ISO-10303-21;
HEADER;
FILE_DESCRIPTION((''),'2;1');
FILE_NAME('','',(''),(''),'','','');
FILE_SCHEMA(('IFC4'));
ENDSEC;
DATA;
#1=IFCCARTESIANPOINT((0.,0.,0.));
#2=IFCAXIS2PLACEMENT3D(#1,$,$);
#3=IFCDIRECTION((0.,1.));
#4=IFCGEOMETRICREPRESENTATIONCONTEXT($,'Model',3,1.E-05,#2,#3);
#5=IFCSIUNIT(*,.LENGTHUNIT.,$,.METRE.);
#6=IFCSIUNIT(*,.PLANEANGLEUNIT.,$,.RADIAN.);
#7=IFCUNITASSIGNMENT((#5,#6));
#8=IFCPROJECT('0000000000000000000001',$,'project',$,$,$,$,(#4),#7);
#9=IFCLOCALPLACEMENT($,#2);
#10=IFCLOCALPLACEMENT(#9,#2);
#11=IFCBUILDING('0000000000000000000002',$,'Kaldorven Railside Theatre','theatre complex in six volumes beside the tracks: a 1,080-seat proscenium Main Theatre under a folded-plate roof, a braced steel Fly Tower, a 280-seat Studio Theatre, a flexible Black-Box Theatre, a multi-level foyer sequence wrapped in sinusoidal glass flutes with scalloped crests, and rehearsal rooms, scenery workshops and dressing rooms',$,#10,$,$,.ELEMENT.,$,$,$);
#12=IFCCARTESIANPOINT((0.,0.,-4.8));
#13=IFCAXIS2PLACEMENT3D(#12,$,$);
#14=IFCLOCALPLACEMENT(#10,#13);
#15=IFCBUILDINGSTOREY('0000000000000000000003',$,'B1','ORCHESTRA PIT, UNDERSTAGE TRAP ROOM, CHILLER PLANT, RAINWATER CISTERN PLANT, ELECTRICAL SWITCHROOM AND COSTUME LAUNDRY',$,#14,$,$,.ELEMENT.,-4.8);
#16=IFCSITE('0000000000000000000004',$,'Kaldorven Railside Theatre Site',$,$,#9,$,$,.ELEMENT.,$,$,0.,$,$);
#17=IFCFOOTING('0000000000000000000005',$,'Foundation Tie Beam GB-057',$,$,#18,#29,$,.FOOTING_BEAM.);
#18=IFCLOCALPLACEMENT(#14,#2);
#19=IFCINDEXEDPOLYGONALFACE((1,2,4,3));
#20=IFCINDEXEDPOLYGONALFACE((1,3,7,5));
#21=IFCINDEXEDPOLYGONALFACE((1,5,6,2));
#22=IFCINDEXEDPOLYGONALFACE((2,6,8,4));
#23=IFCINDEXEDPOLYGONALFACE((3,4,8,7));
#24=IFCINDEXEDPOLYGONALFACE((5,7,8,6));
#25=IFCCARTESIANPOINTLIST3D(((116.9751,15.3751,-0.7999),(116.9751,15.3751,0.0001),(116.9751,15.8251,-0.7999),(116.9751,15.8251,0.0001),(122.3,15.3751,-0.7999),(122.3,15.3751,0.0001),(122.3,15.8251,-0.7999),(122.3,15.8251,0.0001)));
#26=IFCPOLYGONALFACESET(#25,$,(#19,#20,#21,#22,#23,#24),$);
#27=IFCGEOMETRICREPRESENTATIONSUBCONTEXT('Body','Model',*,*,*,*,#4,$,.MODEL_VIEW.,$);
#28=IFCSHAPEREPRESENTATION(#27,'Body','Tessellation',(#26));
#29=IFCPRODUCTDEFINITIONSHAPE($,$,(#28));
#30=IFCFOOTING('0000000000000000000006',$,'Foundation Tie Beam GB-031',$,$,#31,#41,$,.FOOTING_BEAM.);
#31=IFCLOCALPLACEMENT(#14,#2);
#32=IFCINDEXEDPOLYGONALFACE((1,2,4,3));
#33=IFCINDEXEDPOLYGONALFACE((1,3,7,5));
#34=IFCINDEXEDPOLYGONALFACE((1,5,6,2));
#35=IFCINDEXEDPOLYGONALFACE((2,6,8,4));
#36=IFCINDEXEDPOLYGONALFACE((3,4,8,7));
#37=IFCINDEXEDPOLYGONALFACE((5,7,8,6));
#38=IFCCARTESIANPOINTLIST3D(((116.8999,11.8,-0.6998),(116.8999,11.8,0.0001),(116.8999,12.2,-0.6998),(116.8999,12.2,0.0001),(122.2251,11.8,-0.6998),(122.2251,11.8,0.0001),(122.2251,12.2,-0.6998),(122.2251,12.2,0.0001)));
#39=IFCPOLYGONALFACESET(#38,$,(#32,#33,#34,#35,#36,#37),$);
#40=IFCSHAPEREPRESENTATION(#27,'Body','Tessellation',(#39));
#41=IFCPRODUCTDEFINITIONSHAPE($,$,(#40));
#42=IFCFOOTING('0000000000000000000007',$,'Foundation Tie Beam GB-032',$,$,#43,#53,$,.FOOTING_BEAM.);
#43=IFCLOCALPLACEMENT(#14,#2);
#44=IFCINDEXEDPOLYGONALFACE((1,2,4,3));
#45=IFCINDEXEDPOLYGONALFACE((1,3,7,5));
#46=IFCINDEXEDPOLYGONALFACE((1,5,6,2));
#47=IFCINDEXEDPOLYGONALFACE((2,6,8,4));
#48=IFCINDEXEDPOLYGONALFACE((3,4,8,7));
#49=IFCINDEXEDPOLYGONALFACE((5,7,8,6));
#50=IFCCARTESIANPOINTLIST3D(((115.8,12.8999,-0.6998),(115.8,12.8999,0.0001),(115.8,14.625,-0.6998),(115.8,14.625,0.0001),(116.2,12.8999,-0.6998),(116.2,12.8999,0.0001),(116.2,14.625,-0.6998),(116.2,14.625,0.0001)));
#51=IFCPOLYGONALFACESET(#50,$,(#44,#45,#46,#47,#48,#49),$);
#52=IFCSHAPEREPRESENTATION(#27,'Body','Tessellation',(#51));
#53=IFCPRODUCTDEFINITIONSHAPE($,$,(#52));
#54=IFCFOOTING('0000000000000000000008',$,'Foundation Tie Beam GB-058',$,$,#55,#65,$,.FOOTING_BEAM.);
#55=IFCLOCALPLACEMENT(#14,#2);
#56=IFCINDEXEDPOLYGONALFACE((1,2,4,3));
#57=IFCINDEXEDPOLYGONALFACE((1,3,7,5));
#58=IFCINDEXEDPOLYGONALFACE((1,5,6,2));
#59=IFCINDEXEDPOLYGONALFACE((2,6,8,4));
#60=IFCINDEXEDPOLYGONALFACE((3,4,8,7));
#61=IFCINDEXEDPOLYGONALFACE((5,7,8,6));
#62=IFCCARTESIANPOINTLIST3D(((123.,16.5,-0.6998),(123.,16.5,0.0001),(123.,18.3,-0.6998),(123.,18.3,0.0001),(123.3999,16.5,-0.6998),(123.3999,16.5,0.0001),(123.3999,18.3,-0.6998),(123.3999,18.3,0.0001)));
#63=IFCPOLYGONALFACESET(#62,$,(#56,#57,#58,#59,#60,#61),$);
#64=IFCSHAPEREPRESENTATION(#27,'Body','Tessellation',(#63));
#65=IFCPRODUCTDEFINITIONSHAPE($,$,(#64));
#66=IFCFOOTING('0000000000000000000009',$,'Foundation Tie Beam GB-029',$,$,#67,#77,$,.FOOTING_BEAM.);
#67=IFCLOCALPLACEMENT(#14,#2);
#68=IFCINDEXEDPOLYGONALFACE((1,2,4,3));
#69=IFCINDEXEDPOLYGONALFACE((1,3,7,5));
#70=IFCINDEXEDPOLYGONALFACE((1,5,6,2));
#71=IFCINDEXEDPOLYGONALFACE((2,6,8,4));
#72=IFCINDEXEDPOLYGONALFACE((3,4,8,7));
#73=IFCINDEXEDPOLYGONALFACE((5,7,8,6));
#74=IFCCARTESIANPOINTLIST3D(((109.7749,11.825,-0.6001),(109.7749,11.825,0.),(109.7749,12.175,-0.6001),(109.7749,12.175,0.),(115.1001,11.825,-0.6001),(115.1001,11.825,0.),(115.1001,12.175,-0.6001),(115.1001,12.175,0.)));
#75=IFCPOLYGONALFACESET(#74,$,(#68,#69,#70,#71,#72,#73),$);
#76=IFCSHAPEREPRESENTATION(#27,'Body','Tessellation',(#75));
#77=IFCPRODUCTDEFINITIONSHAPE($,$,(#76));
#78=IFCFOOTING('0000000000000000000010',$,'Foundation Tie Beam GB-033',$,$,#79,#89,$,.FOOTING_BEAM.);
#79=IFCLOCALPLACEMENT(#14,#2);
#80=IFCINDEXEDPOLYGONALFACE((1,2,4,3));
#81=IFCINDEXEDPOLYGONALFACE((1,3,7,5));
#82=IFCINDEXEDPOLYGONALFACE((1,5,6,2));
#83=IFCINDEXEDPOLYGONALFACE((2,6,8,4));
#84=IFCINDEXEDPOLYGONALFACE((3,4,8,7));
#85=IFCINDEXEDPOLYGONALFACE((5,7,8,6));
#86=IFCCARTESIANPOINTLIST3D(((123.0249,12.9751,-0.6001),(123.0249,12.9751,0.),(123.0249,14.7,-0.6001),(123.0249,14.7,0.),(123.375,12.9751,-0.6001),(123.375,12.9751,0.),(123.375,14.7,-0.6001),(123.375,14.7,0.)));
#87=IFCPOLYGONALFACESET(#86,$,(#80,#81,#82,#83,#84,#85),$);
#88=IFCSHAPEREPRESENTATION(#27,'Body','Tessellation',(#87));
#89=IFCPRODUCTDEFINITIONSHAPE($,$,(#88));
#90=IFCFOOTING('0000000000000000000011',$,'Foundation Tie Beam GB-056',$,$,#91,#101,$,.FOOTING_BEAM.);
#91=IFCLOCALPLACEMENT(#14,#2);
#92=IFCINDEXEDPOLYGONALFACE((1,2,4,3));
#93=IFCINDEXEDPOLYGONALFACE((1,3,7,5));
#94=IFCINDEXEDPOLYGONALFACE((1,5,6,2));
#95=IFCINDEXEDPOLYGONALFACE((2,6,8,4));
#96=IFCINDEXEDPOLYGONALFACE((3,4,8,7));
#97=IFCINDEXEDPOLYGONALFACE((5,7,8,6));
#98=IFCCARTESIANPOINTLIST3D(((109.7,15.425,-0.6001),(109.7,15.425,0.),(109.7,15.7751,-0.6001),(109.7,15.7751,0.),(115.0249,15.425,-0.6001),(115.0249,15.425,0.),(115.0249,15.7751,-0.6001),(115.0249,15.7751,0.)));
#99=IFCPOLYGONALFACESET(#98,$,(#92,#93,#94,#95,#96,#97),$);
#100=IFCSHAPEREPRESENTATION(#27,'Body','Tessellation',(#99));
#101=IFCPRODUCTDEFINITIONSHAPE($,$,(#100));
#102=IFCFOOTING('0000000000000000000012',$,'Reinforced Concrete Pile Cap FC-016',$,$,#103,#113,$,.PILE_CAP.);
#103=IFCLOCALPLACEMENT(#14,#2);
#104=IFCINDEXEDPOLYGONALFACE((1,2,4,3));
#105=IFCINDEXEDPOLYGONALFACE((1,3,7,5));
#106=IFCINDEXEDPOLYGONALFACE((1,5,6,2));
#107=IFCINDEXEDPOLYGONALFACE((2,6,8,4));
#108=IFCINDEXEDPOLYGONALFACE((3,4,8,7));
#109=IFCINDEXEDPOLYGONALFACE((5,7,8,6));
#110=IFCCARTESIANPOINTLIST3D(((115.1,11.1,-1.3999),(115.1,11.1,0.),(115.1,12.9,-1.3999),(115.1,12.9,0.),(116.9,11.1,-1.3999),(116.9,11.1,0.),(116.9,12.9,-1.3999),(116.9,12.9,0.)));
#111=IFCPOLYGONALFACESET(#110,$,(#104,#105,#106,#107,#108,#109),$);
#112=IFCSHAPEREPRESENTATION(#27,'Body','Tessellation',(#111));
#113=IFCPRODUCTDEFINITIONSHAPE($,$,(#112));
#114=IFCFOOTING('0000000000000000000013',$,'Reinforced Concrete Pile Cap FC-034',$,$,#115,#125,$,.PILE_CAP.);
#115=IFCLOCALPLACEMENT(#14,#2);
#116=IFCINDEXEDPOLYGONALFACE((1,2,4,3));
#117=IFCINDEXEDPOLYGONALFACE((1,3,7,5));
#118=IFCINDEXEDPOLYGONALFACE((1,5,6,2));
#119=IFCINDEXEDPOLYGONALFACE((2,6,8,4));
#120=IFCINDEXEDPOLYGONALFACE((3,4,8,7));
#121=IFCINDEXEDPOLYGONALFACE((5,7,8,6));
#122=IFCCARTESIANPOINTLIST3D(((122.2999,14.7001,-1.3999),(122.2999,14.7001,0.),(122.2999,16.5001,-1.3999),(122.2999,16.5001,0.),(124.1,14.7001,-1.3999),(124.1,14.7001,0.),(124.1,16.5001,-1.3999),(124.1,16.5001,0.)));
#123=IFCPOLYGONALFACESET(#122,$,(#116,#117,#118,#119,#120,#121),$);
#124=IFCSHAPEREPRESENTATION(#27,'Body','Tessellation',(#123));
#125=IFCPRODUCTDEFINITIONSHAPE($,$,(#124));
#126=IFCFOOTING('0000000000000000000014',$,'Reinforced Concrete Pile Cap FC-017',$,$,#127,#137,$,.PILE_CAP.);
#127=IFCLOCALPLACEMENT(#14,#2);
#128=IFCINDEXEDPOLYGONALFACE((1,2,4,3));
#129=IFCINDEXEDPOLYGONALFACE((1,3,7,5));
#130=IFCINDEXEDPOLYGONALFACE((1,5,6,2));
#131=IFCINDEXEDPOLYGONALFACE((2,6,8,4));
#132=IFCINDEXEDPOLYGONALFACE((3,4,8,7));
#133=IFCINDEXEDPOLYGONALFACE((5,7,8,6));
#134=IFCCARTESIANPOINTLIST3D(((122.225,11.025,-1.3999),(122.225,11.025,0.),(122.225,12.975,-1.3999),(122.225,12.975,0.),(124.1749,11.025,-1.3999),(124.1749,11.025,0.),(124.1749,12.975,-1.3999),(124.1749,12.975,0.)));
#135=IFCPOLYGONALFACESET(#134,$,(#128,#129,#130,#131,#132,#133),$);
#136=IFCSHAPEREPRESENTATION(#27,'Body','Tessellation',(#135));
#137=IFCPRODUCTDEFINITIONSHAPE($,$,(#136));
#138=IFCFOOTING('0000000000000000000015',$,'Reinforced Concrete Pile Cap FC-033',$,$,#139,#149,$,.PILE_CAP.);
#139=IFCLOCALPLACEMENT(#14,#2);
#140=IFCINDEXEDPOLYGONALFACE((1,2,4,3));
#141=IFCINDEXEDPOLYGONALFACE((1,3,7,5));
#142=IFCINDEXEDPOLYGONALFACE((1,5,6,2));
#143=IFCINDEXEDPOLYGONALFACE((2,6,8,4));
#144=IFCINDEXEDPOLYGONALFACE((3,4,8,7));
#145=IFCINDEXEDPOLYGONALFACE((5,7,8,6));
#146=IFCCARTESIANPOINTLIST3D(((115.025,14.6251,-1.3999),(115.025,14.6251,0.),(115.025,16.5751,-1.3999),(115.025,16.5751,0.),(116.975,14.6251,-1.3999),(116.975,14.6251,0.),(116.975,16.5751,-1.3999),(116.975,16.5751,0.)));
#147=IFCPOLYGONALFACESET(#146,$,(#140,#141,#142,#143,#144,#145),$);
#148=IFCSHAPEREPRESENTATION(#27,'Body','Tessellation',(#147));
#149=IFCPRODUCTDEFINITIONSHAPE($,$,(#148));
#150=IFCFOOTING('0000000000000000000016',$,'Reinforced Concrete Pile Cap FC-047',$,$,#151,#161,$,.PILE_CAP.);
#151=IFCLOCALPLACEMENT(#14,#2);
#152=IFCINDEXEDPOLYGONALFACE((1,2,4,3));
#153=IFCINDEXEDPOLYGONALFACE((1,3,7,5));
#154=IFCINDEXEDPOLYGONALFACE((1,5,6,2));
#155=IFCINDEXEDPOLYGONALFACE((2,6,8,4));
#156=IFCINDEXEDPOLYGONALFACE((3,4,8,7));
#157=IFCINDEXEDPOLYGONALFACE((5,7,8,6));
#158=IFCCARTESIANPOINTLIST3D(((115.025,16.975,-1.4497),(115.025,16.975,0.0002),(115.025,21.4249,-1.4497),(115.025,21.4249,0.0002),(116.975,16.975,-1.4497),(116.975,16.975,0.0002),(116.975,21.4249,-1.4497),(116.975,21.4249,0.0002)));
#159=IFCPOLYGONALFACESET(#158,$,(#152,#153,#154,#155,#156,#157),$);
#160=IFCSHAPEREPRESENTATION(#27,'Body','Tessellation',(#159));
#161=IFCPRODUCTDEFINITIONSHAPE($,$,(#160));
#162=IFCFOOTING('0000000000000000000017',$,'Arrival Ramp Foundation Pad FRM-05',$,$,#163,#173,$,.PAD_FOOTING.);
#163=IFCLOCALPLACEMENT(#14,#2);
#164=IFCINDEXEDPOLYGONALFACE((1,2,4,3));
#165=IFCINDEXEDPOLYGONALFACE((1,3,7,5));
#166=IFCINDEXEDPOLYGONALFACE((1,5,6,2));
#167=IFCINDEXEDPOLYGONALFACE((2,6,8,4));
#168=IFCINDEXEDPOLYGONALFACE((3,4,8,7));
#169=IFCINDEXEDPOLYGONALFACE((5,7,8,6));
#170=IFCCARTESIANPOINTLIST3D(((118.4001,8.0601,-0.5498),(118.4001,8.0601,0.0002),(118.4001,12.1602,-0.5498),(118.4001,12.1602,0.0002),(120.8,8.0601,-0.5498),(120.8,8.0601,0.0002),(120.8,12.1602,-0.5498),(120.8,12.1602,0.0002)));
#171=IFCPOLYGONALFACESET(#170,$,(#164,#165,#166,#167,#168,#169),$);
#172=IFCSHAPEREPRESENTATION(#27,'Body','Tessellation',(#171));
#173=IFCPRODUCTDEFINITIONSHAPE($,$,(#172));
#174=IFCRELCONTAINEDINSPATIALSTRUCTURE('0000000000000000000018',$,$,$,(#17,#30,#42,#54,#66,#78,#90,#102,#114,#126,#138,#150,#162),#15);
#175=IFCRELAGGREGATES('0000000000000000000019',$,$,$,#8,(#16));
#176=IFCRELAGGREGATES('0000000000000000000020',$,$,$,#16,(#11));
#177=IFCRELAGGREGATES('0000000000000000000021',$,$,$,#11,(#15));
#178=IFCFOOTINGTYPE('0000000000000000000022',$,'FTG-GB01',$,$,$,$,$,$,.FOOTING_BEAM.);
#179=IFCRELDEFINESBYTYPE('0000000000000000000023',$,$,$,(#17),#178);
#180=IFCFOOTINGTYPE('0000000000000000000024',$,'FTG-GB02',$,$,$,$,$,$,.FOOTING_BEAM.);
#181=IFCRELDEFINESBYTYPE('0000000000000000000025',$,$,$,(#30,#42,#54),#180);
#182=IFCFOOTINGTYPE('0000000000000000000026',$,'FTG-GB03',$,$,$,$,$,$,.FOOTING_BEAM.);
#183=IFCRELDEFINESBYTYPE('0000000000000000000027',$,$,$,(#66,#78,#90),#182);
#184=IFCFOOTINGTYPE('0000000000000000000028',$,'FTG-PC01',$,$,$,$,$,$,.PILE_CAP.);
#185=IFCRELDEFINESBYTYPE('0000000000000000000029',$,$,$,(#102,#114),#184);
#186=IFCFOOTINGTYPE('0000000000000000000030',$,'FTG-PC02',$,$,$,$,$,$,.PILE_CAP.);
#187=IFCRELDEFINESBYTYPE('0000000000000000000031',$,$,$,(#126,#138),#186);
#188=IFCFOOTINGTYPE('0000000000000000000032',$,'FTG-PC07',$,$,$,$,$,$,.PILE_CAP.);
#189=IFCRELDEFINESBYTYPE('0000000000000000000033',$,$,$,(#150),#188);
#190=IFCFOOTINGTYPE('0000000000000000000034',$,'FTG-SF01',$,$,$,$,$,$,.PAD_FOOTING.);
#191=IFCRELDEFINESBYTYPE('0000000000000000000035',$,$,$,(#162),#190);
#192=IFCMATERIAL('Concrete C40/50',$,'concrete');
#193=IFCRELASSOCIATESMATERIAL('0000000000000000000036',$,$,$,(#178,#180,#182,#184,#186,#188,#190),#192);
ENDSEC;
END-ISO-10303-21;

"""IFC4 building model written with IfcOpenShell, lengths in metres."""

from ifc_helpers import new_model, si_unit, direction, frame, origin, origin_2d, place, context, subcontext, project, spatial, rectangle, extrude, material, material_profile, profile_set, type_object, element, save


model = new_model("IFC4")

# Units and contexts
model_context = context("Model", 3, precision=1e-05, world=origin(), true_north=direction((0.0, 1.0)))
body_context = subcontext(model_context, "Body", "Model", "MODEL_VIEW")
ifc_project = project(units=[si_unit("LENGTHUNIT", "METRE"), si_unit("PLANEANGLEUNIT", "RADIAN")], contexts=[model_context])

# Site, building, storey
site_placement = place(None, origin())
site = spatial("IfcSite", under=ifc_project, at=site_placement, Name="Kaldorven Railside Theatre Site", CompositionType="ELEMENT", RefElevation=0.0)
building_placement = place(site_placement, origin())
building = spatial("IfcBuilding", under=site, at=building_placement, Name="Kaldorven Railside Theatre", Description="theatre complex in six volumes beside the tracks: a 1,080-seat proscenium Main Theatre under a folded-plate roof, a braced steel Fly Tower, a 280-seat Studio Theatre, a flexible Black-Box Theatre, a multi-level foyer sequence wrapped in sinusoidal glass flutes with scalloped crests, and rehearsal rooms, scenery workshops and dressing rooms", CompositionType="ELEMENT")
storey_placement = place(building_placement, frame((0.0, 0.0, -4.8)))
storey = spatial("IfcBuildingStorey", under=building, at=storey_placement, Name="B1", Description="ORCHESTRA PIT, UNDERSTAGE TRAP ROOM, CHILLER PLANT, RAINWATER CISTERN PLANT, ELECTRICAL SWITCHROOM AND COSTUME LAUNDRY", CompositionType="ELEMENT", Elevation=-4.8)

# Footings
ifc_material_1 = material(Name="Concrete C40/50", Category="concrete")
ifc_material_profile_1 = material_profile(ifc_material_1, rectangle(XDim=0.45, YDim=0.8, at=origin_2d()), Name="RC 450x800")
ifc_profile_set_1 = profile_set([ifc_material_profile_1], Name="Concrete C40/50")
footing_type_1 = type_object("IfcFootingType", Name="FTG-GB01", PredefinedType="FOOTING_BEAM", material=ifc_profile_set_1)
footing_1_placement = place(storey_placement, frame((116.9751, 15.6001, -0.3999), z_axis=(1.0, 0.0, 0.0), x_axis=(0.0, 1.0, 0.0)))
element("IfcFooting", 1, at=footing_1_placement, inside=storey, type_object=footing_type_1, Name="Foundation Tie Beam GB-057", PredefinedType="FOOTING_BEAM", context=body_context, shape_type="SweptSolid", body=[
    extrude(rectangle(XDim=0.45, YDim=0.8, at=origin_2d()), origin(), (0.0, 0.0, 1.0), 5.325),
])
ifc_material_profile_2 = material_profile(ifc_material_1, rectangle(XDim=0.3999, YDim=0.7, at=origin_2d()), Name="RC 400x700")
ifc_profile_set_2 = profile_set([ifc_material_profile_2], Name="Concrete C40/50")
footing_type_2 = type_object("IfcFootingType", Name="FTG-GB02", PredefinedType="FOOTING_BEAM", material=ifc_profile_set_2)
footing_2_placement = place(storey_placement, frame((116.8999, 12.0, -0.3499), z_axis=(1.0, 0.0, 0.0), x_axis=(0.0, 1.0, 0.0)))
element("IfcFooting", 2, at=footing_2_placement, inside=storey, type_object=footing_type_2, Name="Foundation Tie Beam GB-031", PredefinedType="FOOTING_BEAM", context=body_context, shape_type="SweptSolid", body=[
    extrude(rectangle(XDim=0.3999, YDim=0.7, at=origin_2d()), origin(), (0.0, 0.0, 1.0), 5.3252),
])
footing_3_placement = place(storey_placement, frame((116.0, 12.8999, -0.3499), z_axis=(0.0, 1.0, 0.0), x_axis=(-1.0, 0.0, 0.0)))
element("IfcFooting", 3, at=footing_3_placement, inside=storey, type_object=footing_type_2, Name="Foundation Tie Beam GB-032", PredefinedType="FOOTING_BEAM", context=body_context, shape_type="SweptSolid", body=[
    extrude(rectangle(XDim=0.3999, YDim=0.7, at=origin_2d()), origin(), (0.0, 0.0, 1.0), 1.7251),
])
footing_4_placement = place(storey_placement, frame((123.2, 16.5, -0.3499), z_axis=(0.0, 1.0, 0.0), x_axis=(-1.0, 0.0, 0.0)))
element("IfcFooting", 4, at=footing_4_placement, inside=storey, type_object=footing_type_2, Name="Foundation Tie Beam GB-058", PredefinedType="FOOTING_BEAM", context=body_context, shape_type="SweptSolid", body=[
    extrude(rectangle(XDim=0.3999, YDim=0.7, at=origin_2d()), origin(), (0.0, 0.0, 1.0), 1.8),
])
ifc_material_profile_3 = material_profile(ifc_material_1, rectangle(XDim=0.3501, YDim=0.6001, at=origin_2d()), Name="RC 350x600")
ifc_profile_set_3 = profile_set([ifc_material_profile_3], Name="Concrete C40/50")
footing_type_3 = type_object("IfcFootingType", Name="FTG-GB03", PredefinedType="FOOTING_BEAM", material=ifc_profile_set_3)
footing_5_placement = place(storey_placement, frame((109.7749, 12.0, -0.3), z_axis=(1.0, 0.0, 0.0), x_axis=(0.0, 1.0, 0.0)))
element("IfcFooting", 5, at=footing_5_placement, inside=storey, type_object=footing_type_3, Name="Foundation Tie Beam GB-029", PredefinedType="FOOTING_BEAM", context=body_context, shape_type="SweptSolid", body=[
    extrude(rectangle(XDim=0.3501, YDim=0.6001, at=origin_2d()), origin(), (0.0, 0.0, 1.0), 5.3252),
])
footing_6_placement = place(storey_placement, frame((123.2, 12.9751, -0.3), z_axis=(0.0, 1.0, 0.0), x_axis=(-1.0, 0.0, 0.0)))
element("IfcFooting", 6, at=footing_6_placement, inside=storey, type_object=footing_type_3, Name="Foundation Tie Beam GB-033", PredefinedType="FOOTING_BEAM", context=body_context, shape_type="SweptSolid", body=[
    extrude(rectangle(XDim=0.3501, YDim=0.6001, at=origin_2d()), origin(), (0.0, 0.0, 1.0), 1.7249),
])
footing_7_placement = place(storey_placement, frame((109.7, 15.6001, -0.3), z_axis=(1.0, 0.0, 0.0), x_axis=(0.0, 1.0, 0.0)))
element("IfcFooting", 7, at=footing_7_placement, inside=storey, type_object=footing_type_3, Name="Foundation Tie Beam GB-056", PredefinedType="FOOTING_BEAM", context=body_context, shape_type="SweptSolid", body=[
    extrude(rectangle(XDim=0.3501, YDim=0.6001, at=origin_2d()), origin(), (0.0, 0.0, 1.0), 5.325),
])
footing_type_4 = type_object("IfcFootingType", Name="FTG-PC01", PredefinedType="PILE_CAP", material=ifc_material_1)
for number, where, z_axis, x_axis, name in (
    (8, (116.0, 12.0, -1.3999), (0.0, 0.0, 1.0), (1.0, 0.0, 0.0), "Reinforced Concrete Pile Cap FC-016"),
    (9, (123.2, 15.6001, -1.3999), (0.0, 0.0, 1.0), (1.0, 0.0, 0.0), "Reinforced Concrete Pile Cap FC-034"),
):
    element("IfcFooting", number, at=place(storey_placement, frame(where, z_axis=z_axis, x_axis=x_axis)), inside=storey, type_object=footing_type_4, Name=name, PredefinedType="PILE_CAP", context=body_context, shape_type="SweptSolid", body=[
        extrude(rectangle(XDim=1.8, YDim=1.8, at=origin_2d()), origin(), (0.0, 0.0, 1.0), 1.3999),
    ])
footing_type_5 = type_object("IfcFootingType", Name="FTG-PC02", PredefinedType="PILE_CAP", material=ifc_material_1)
for number, where, z_axis, x_axis, name in (
    (10, (123.2, 12.0, -1.3999), (0.0, 0.0, 1.0), (1.0, 0.0, 0.0), "Reinforced Concrete Pile Cap FC-017"),
    (11, (116.0, 15.6001, -1.3999), (0.0, 0.0, 1.0), (1.0, 0.0, 0.0), "Reinforced Concrete Pile Cap FC-033"),
):
    element("IfcFooting", number, at=place(storey_placement, frame(where, z_axis=z_axis, x_axis=x_axis)), inside=storey, type_object=footing_type_5, Name=name, PredefinedType="PILE_CAP", context=body_context, shape_type="SweptSolid", body=[
        extrude(rectangle(XDim=1.95, YDim=1.95, at=origin_2d()), origin(), (0.0, 0.0, 1.0), 1.3999),
    ])
footing_type_6 = type_object("IfcFootingType", Name="FTG-PC07", PredefinedType="PILE_CAP", material=ifc_material_1)
footing_8_placement = place(storey_placement, frame((116.0, 19.2, -1.4497), z_axis=(0.0, 0.0, 1.0), x_axis=(1.0, 0.0, 0.0)))
element("IfcFooting", 12, at=footing_8_placement, inside=storey, type_object=footing_type_6, Name="Reinforced Concrete Pile Cap FC-047", PredefinedType="PILE_CAP", context=body_context, shape_type="SweptSolid", body=[
    extrude(rectangle(XDim=1.95, YDim=4.45, at=origin_2d()), origin(), (0.0, 0.0, 1.0), 1.45),
])
footing_type_7 = type_object("IfcFootingType", Name="FTG-SF01", PredefinedType="PAD_FOOTING", material=ifc_material_1)
footing_9_placement = place(storey_placement, frame((119.6001, 10.1101, -0.5498), z_axis=(0.0, 0.0, 1.0), x_axis=(1.0, 0.0, 0.0)))
element("IfcFooting", 13, at=footing_9_placement, inside=storey, type_object=footing_type_7, Name="Arrival Ramp Foundation Pad FRM-05", PredefinedType="PAD_FOOTING", context=body_context, shape_type="SweptSolid", body=[
    extrude(rectangle(XDim=2.3999, YDim=4.1001, at=origin_2d()), origin(), (0.0, 0.0, 1.0), 0.55),
])

save(model, "model.ifc")
